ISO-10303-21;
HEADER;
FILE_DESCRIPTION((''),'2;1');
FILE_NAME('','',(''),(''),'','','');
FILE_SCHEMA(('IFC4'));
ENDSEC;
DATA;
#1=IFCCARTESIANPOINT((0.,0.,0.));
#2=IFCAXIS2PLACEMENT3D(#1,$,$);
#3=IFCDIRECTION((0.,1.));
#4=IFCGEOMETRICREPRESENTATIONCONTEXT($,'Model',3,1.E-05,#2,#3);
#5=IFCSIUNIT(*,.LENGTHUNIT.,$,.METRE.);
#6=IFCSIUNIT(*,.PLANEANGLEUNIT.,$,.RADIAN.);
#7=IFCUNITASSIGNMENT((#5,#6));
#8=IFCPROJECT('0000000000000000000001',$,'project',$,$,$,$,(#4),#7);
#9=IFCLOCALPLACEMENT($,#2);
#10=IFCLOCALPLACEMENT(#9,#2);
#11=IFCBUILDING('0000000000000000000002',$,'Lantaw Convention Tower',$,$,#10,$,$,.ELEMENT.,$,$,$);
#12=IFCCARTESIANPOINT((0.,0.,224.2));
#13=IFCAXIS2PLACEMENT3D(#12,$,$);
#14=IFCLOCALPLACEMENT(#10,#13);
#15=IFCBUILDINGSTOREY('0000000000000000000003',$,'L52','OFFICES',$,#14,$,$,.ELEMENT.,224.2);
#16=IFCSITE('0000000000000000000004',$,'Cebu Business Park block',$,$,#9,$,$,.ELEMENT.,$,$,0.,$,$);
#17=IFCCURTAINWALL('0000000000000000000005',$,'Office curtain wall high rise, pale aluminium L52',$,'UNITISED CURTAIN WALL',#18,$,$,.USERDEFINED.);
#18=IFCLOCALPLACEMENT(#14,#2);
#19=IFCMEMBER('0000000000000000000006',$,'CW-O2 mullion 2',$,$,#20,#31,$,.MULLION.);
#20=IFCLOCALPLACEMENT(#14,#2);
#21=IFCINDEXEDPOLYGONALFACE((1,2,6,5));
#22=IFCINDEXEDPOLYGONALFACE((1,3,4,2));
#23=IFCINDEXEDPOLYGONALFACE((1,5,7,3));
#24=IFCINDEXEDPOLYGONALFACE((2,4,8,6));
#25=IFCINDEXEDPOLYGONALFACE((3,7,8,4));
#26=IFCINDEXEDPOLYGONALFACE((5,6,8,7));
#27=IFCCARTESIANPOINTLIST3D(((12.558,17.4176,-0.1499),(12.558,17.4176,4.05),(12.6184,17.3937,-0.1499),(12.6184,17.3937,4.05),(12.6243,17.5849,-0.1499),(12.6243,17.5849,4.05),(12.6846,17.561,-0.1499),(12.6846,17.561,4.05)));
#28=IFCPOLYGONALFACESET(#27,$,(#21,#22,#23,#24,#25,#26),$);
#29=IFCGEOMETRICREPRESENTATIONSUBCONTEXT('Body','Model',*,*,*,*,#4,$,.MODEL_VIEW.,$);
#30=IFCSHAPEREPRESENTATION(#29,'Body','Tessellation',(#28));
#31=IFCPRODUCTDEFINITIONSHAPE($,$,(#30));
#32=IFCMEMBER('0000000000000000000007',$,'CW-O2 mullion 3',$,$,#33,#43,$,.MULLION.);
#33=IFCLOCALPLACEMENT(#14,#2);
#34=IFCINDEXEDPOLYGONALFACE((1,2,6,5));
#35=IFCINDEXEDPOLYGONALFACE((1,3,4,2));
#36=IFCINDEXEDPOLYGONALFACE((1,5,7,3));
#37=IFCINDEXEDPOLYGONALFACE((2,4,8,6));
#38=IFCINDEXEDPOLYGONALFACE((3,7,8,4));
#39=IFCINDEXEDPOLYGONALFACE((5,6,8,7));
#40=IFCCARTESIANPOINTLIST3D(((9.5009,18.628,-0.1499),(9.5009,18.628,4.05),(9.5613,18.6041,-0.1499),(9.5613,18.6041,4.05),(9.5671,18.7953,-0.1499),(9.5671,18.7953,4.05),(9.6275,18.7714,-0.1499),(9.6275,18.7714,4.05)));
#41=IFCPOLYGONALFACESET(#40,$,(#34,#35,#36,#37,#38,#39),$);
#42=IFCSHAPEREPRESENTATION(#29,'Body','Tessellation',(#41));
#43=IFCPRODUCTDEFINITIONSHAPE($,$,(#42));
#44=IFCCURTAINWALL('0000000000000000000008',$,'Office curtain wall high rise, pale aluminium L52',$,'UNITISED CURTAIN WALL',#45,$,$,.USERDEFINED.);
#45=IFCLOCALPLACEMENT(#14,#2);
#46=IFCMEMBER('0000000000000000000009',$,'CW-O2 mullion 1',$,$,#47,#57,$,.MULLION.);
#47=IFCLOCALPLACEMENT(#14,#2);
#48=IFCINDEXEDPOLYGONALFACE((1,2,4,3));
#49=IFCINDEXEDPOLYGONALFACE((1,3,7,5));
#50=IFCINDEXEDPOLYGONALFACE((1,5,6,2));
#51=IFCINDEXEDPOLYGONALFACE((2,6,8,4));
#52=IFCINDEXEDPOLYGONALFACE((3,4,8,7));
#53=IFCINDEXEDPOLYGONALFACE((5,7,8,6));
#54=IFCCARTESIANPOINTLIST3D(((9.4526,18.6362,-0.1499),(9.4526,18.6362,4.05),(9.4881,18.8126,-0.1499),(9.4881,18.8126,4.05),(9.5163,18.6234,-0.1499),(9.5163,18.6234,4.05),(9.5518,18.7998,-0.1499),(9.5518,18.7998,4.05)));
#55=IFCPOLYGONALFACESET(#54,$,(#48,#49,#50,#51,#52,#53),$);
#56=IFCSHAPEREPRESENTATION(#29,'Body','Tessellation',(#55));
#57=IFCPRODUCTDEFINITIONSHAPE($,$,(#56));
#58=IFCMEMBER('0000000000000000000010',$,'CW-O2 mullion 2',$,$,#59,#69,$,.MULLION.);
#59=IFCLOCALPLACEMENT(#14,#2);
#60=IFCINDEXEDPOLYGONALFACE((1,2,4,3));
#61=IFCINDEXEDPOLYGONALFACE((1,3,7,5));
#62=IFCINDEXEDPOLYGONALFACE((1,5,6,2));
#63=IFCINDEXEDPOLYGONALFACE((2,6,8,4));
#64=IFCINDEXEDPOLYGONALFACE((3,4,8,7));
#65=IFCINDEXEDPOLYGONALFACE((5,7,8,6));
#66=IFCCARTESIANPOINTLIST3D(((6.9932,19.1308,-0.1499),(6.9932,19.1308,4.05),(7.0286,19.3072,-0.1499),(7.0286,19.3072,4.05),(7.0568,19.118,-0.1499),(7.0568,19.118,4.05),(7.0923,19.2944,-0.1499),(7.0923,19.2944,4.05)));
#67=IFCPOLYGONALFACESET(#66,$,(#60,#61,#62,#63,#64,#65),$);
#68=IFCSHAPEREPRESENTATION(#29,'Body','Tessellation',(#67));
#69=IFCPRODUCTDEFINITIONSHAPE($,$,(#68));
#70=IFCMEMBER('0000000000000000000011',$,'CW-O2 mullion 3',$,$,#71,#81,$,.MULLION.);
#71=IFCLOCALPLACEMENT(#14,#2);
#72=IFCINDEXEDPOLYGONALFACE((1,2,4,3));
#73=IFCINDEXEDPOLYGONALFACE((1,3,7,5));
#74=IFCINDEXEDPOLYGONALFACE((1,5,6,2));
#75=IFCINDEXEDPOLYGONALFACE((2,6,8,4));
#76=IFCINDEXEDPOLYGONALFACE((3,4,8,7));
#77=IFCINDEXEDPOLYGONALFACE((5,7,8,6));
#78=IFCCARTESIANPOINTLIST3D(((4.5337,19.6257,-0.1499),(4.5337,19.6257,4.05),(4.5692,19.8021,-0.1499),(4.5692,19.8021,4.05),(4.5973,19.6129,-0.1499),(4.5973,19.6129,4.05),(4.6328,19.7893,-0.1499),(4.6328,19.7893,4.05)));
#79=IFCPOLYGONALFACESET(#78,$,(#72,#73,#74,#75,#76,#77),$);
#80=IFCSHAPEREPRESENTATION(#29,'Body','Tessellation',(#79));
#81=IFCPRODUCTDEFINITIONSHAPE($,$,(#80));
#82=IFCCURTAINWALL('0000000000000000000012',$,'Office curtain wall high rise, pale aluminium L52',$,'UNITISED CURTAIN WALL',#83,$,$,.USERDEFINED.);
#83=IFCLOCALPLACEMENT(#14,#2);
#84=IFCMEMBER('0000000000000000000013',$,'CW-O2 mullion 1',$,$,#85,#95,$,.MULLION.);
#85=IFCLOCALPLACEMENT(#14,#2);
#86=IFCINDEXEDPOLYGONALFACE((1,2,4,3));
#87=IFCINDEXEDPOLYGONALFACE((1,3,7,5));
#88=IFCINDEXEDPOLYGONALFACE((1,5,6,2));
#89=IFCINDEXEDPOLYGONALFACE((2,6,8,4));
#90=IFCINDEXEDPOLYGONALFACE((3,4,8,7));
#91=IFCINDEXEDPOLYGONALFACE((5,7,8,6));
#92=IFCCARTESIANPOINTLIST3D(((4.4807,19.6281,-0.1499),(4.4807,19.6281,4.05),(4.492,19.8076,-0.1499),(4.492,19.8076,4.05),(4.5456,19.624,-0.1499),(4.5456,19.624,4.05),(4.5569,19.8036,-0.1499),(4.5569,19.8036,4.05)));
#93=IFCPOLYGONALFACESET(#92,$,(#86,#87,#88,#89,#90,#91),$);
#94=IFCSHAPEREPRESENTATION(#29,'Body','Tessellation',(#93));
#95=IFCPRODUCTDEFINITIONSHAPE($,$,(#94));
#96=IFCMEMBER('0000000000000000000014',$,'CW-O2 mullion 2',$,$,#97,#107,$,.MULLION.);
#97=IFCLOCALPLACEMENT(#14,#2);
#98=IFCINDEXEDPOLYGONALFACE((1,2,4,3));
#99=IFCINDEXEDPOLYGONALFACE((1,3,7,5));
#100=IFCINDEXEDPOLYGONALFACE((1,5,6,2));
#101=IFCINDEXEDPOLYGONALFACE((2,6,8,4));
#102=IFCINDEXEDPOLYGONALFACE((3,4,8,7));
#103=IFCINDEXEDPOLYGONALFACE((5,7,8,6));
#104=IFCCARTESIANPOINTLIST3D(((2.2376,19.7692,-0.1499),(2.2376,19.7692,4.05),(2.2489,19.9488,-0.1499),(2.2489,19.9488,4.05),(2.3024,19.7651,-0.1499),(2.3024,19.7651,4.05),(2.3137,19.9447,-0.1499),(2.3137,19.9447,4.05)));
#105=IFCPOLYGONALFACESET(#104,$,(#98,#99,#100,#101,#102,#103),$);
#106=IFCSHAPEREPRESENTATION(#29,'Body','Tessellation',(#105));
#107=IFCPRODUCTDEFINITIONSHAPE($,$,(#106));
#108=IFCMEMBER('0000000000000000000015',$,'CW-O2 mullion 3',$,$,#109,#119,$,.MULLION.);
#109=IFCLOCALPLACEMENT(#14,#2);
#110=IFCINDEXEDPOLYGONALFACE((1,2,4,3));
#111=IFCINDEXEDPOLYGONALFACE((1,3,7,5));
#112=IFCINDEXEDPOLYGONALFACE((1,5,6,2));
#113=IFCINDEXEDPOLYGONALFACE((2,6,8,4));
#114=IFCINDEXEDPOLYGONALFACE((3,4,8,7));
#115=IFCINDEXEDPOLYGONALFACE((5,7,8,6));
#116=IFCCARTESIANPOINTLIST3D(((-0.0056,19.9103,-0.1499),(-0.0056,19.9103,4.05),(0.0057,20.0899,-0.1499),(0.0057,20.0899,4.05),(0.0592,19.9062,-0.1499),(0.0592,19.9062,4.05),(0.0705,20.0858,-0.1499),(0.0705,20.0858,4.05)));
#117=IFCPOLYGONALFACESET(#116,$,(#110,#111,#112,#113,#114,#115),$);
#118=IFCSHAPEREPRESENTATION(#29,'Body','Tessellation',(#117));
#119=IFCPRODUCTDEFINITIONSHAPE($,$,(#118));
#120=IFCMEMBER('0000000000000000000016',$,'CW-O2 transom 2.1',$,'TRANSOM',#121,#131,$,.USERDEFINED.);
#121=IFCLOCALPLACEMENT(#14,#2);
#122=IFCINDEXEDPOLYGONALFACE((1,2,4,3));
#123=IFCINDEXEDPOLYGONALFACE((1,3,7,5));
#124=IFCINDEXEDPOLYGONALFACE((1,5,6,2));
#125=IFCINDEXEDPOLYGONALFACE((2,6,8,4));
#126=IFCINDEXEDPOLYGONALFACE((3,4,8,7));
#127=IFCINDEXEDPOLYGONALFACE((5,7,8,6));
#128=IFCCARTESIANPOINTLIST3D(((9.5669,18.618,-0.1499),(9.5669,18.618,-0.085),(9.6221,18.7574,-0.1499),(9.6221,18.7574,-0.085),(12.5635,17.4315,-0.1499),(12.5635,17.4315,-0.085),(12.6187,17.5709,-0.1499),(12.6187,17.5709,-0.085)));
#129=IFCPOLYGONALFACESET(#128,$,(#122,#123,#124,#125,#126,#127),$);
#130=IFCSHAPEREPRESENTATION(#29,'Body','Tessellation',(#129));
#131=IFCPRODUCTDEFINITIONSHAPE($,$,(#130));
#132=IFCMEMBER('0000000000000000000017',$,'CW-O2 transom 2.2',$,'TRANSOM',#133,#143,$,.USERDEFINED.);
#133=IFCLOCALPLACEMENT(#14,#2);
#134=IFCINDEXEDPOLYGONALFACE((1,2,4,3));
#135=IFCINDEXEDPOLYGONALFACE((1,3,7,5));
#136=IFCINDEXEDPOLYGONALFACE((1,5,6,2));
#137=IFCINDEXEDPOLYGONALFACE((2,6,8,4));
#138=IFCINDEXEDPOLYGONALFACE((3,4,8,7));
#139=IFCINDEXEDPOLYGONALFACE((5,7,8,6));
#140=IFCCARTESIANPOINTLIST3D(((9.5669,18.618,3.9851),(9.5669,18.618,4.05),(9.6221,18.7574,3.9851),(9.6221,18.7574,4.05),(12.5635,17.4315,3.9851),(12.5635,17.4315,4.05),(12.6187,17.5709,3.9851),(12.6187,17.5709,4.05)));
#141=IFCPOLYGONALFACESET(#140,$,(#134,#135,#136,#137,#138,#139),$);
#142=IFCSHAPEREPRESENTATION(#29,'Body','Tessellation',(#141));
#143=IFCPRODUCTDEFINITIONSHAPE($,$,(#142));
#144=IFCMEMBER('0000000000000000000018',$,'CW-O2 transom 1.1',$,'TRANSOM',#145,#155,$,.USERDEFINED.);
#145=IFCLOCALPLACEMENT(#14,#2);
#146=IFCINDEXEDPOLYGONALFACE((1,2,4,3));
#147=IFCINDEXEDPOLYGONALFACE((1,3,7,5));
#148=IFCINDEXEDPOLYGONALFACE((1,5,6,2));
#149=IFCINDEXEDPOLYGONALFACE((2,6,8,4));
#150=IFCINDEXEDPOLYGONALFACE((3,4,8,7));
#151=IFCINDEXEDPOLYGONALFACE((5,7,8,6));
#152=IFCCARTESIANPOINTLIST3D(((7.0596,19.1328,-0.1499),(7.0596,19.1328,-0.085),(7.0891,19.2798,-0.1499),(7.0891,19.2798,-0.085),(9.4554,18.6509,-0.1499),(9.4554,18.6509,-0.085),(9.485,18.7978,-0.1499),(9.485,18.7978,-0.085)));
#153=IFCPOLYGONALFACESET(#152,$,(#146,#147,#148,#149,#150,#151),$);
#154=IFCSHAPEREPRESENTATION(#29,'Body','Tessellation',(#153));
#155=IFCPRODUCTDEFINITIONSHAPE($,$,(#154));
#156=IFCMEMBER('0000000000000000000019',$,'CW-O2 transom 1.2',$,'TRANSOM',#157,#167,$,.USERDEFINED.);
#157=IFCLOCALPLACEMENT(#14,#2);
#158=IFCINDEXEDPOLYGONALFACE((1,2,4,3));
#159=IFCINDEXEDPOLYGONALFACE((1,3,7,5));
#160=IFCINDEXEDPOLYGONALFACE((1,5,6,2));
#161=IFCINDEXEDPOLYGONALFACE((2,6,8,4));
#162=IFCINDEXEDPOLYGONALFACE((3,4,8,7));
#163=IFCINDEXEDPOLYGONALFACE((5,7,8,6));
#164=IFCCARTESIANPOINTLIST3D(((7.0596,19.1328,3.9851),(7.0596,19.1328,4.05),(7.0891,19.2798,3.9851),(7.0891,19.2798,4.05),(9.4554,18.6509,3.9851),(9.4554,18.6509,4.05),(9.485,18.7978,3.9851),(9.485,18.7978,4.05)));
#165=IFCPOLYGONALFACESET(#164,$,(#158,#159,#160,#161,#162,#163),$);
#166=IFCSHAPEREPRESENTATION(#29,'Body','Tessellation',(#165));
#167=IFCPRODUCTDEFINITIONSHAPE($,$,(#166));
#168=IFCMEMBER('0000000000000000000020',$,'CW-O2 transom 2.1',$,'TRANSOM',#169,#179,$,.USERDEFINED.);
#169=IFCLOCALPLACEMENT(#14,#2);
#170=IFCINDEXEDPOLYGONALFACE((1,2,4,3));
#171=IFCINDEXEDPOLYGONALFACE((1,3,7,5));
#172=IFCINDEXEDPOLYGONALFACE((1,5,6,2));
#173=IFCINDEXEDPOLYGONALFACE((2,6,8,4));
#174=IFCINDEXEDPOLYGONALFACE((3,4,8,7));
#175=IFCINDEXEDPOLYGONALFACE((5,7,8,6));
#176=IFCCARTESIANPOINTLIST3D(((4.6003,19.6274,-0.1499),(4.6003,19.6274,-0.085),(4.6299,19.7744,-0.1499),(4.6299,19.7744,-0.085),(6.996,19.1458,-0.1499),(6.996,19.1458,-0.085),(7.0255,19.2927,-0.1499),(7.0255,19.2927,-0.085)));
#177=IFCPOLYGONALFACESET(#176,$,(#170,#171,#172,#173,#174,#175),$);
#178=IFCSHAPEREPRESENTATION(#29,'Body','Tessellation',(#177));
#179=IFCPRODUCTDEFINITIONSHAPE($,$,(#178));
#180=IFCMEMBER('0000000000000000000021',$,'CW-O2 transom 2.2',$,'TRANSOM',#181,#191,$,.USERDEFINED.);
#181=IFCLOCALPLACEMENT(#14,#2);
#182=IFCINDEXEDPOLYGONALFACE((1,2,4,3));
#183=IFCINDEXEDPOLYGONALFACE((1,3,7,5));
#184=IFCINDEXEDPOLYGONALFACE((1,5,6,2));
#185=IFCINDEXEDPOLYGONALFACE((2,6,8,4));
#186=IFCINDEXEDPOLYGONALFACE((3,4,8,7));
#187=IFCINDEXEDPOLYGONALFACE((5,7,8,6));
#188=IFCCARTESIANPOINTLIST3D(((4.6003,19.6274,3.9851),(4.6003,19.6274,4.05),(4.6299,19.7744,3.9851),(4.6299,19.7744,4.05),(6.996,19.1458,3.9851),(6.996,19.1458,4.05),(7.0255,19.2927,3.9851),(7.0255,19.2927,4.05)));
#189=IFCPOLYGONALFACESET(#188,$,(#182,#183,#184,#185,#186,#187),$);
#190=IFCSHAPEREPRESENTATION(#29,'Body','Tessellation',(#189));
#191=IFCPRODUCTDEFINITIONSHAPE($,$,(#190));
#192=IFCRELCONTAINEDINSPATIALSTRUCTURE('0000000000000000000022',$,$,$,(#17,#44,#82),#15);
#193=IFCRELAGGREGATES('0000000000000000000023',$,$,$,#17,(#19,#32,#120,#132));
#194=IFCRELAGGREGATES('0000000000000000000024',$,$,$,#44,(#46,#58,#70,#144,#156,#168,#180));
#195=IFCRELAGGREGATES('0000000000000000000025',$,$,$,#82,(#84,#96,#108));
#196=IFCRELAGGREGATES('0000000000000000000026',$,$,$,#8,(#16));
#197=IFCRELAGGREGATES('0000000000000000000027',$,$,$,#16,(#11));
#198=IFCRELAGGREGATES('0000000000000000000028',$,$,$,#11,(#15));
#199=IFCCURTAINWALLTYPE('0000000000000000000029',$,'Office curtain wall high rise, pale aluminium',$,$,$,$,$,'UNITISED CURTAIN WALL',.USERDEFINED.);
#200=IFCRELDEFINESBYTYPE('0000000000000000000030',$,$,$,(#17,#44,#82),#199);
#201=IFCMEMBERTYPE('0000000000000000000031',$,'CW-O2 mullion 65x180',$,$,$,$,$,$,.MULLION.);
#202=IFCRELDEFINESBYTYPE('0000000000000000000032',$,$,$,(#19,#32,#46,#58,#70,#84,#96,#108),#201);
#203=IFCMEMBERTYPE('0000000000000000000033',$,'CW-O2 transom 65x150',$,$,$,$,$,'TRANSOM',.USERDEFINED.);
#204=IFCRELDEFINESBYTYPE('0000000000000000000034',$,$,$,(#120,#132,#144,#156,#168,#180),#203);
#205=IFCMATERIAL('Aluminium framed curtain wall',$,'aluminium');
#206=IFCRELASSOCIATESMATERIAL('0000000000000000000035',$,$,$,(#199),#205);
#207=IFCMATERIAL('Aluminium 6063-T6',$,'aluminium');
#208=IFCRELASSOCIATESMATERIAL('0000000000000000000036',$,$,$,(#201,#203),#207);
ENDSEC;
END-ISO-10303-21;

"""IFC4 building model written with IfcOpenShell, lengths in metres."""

from ifc_helpers import new_model, si_unit, direction, frame, origin, origin_2d, place, context, subcontext, project, spatial, rectangle, extrude, material, material_profile, profile_set, type_object, element, aggregate, save


model = new_model("IFC4")

# Units and contexts
model_context = context("Model", 3, precision=1e-05, world=origin(), true_north=direction((0.0, 1.0)))
body_context = subcontext(model_context, "Body", "Model", "MODEL_VIEW")
ifc_project = project(units=[si_unit("LENGTHUNIT", "METRE"), si_unit("PLANEANGLEUNIT", "RADIAN")], contexts=[model_context])

# Site, building, storey
site_placement = place(None, origin())
site = spatial("IfcSite", under=ifc_project, at=site_placement, Name="Cebu Business Park block", CompositionType="ELEMENT", RefElevation=0.0)
building_placement = place(site_placement, origin())
building = spatial("IfcBuilding", under=site, at=building_placement, Name="Lantaw Convention Tower", CompositionType="ELEMENT")
storey_placement = place(building_placement, frame((0.0, 0.0, 224.2)))
storey = spatial("IfcBuildingStorey", under=building, at=storey_placement, Name="L52", Description="OFFICES", CompositionType="ELEMENT", Elevation=224.2)

# Curtain walls, members
ifc_material_1 = material(Name="Aluminium framed curtain wall", Category="aluminium")
curtain_wall_type = type_object("IfcCurtainWallType", Name="Office curtain wall high rise, pale aluminium", ElementType="UNITISED CURTAIN WALL", PredefinedType="USERDEFINED", material=ifc_material_1)
curtain_wall_1_placement = place(storey_placement, origin())
curtain_wall_1 = element("IfcCurtainWall", 1, at=curtain_wall_1_placement, inside=storey, type_object=curtain_wall_type, Name="Office curtain wall high rise, pale aluminium L52", ObjectType="UNITISED CURTAIN WALL", PredefinedType="USERDEFINED")
ifc_material_2 = material(Name="Aluminium 6063-T6", Category="aluminium")
ifc_material_profile_1 = material_profile(ifc_material_2, rectangle(XDim=0.1799, YDim=0.0649, at=origin_2d()), Name="CW-O2 mullion 65x180")
ifc_profile_set_1 = profile_set([ifc_material_profile_1], Name="Aluminium 6063-T6")
member_type_1 = type_object("IfcMemberType", Name="CW-O2 mullion 65x180", PredefinedType="MULLION", material=ifc_profile_set_1)
member_1_placement = place(storey_placement, frame((12.6213, 17.4893, -0.1499), z_axis=(0.0, 0.0, 1.0), x_axis=(-0.368162, -0.929762, 0.0)))
member_1 = element("IfcMember", 2, at=member_1_placement, type_object=member_type_1, Name="CW-O2 mullion 2", PredefinedType="MULLION", context=body_context, shape_type="SweptSolid", body=[
    extrude(rectangle(XDim=0.1799, YDim=0.0649, at=origin_2d()), origin(), (0.0, 0.0, 1.0), 4.2),
])
member_2_placement = place(storey_placement, frame((9.5642, 18.6997, -0.1499), z_axis=(0.0, 0.0, 1.0), x_axis=(-0.368162, -0.929762, 0.0)))
member_2 = element("IfcMember", 3, at=member_2_placement, type_object=member_type_1, Name="CW-O2 mullion 3", PredefinedType="MULLION", context=body_context, shape_type="SweptSolid", body=[
    extrude(rectangle(XDim=0.1799, YDim=0.0649, at=origin_2d()), origin(), (0.0, 0.0, 1.0), 4.2),
])
curtain_wall_2_placement = place(storey_placement, origin())
curtain_wall_2 = element("IfcCurtainWall", 4, at=curtain_wall_2_placement, inside=storey, type_object=curtain_wall_type, Name="Office curtain wall high rise, pale aluminium L52", ObjectType="UNITISED CURTAIN WALL", PredefinedType="USERDEFINED")
member_3_placement = place(storey_placement, frame((9.5022, 18.718, -0.1499), z_axis=(0.0, 0.0, 1.0), x_axis=(-0.197183, -0.980367, 0.0)))
member_3 = element("IfcMember", 5, at=member_3_placement, type_object=member_type_1, Name="CW-O2 mullion 1", PredefinedType="MULLION", context=body_context, shape_type="SweptSolid", body=[
    extrude(rectangle(XDim=0.1799, YDim=0.0649, at=origin_2d()), origin(), (0.0, 0.0, 1.0), 4.2),
])
member_4_placement = place(storey_placement, frame((7.0427, 19.2126, -0.1499), z_axis=(0.0, 0.0, 1.0), x_axis=(-0.197183, -0.980367, 0.0)))
member_4 = element("IfcMember", 6, at=member_4_placement, type_object=member_type_1, Name="CW-O2 mullion 2", PredefinedType="MULLION", context=body_context, shape_type="SweptSolid", body=[
    extrude(rectangle(XDim=0.1799, YDim=0.0649, at=origin_2d()), origin(), (0.0, 0.0, 1.0), 4.2),
])
member_5_placement = place(storey_placement, frame((4.5833, 19.7075, -0.1499), z_axis=(0.0, 0.0, 1.0), x_axis=(-0.197183, -0.980367, 0.0)))
member_5 = element("IfcMember", 7, at=member_5_placement, type_object=member_type_1, Name="CW-O2 mullion 3", PredefinedType="MULLION", context=body_context, shape_type="SweptSolid", body=[
    extrude(rectangle(XDim=0.1799, YDim=0.0649, at=origin_2d()), origin(), (0.0, 0.0, 1.0), 4.2),
])
curtain_wall_3_placement = place(storey_placement, origin())
curtain_wall_3 = element("IfcCurtainWall", 8, at=curtain_wall_3_placement, inside=storey, type_object=curtain_wall_type, Name="Office curtain wall high rise, pale aluminium L52", ObjectType="UNITISED CURTAIN WALL", PredefinedType="USERDEFINED")
member_6_placement = place(storey_placement, frame((4.5188, 19.7158, -0.1499), z_axis=(0.0, 0.0, 1.0), x_axis=(-0.062758, -0.998029, 0.0)))
member_6 = element("IfcMember", 9, at=member_6_placement, type_object=member_type_1, Name="CW-O2 mullion 1", PredefinedType="MULLION", context=body_context, shape_type="SweptSolid", body=[
    extrude(rectangle(XDim=0.1799, YDim=0.0649, at=origin_2d()), origin(), (0.0, 0.0, 1.0), 4.2),
])
member_7_placement = place(storey_placement, frame((2.2756, 19.8569, -0.1499), z_axis=(0.0, 0.0, 1.0), x_axis=(-0.062758, -0.998029, 0.0)))
member_7 = element("IfcMember", 10, at=member_7_placement, type_object=member_type_1, Name="CW-O2 mullion 2", PredefinedType="MULLION", context=body_context, shape_type="SweptSolid", body=[
    extrude(rectangle(XDim=0.1799, YDim=0.0649, at=origin_2d()), origin(), (0.0, 0.0, 1.0), 4.2),
])
member_8_placement = place(storey_placement, frame((0.0325, 19.998, -0.1499), z_axis=(0.0, 0.0, 1.0), x_axis=(-0.062758, -0.998029, 0.0)))
member_8 = element("IfcMember", 11, at=member_8_placement, type_object=member_type_1, Name="CW-O2 mullion 3", PredefinedType="MULLION", context=body_context, shape_type="SweptSolid", body=[
    extrude(rectangle(XDim=0.1799, YDim=0.0649, at=origin_2d()), origin(), (0.0, 0.0, 1.0), 4.2),
])

# Members
ifc_material_profile_2 = material_profile(ifc_material_2, rectangle(XDim=0.1499, YDim=0.0649, at=origin_2d()), Name="CW-O2 transom 65x150")
ifc_profile_set_2 = profile_set([ifc_material_profile_2], Name="Aluminium 6063-T6")
member_type_2 = type_object("IfcMemberType", Name="CW-O2 transom 65x150", ElementType="TRANSOM", PredefinedType="USERDEFINED", material=ifc_profile_set_2)
member_9_placement = place(storey_placement, frame((12.5911, 17.5012, -0.1174), z_axis=(-0.929767, 0.368149, 0.0), x_axis=(-0.368149, -0.929767, 0.0)))
member_9 = element("IfcMember", 12, at=member_9_placement, type_object=member_type_2, Name="CW-O2 transom 2.1", ObjectType="TRANSOM", PredefinedType="USERDEFINED", context=body_context, shape_type="SweptSolid", body=[
    extrude(rectangle(XDim=0.1499, YDim=0.0649, at=origin_2d()), origin(), (0.0, 0.0, 1.0), 3.2229),
])
member_10_placement = place(storey_placement, frame((12.5911, 17.5012, 4.0176), z_axis=(-0.929767, 0.368149, 0.0), x_axis=(-0.368149, -0.929767, 0.0)))
member_10 = element("IfcMember", 13, at=member_10_placement, type_object=member_type_2, Name="CW-O2 transom 2.2", ObjectType="TRANSOM", PredefinedType="USERDEFINED", context=body_context, shape_type="SweptSolid", body=[
    extrude(rectangle(XDim=0.1499, YDim=0.0649, at=origin_2d()), origin(), (0.0, 0.0, 1.0), 3.2229),
])
member_11_placement = place(storey_placement, frame((9.4702, 18.7244, -0.1174), z_axis=(-0.980361, 0.197211, 0.0), x_axis=(-0.197211, -0.980361, 0.0)))
member_11 = element("IfcMember", 14, at=member_11_placement, type_object=member_type_2, Name="CW-O2 transom 1.1", ObjectType="TRANSOM", PredefinedType="USERDEFINED", context=body_context, shape_type="SweptSolid", body=[
    extrude(rectangle(XDim=0.1499, YDim=0.0649, at=origin_2d()), origin(), (0.0, 0.0, 1.0), 2.4438),
])
member_12_placement = place(storey_placement, frame((9.4702, 18.7244, 4.0176), z_axis=(-0.980361, 0.197211, 0.0), x_axis=(-0.197211, -0.980361, 0.0)))
member_12 = element("IfcMember", 15, at=member_12_placement, type_object=member_type_2, Name="CW-O2 transom 1.2", ObjectType="TRANSOM", PredefinedType="USERDEFINED", context=body_context, shape_type="SweptSolid", body=[
    extrude(rectangle(XDim=0.1499, YDim=0.0649, at=origin_2d()), origin(), (0.0, 0.0, 1.0), 2.4438),
])
member_13_placement = place(storey_placement, frame((7.0107, 19.2192, -0.1174), z_axis=(-0.98038, 0.197115, 0.0), x_axis=(-0.197115, -0.98038, 0.0)))
member_13 = element("IfcMember", 16, at=member_13_placement, type_object=member_type_2, Name="CW-O2 transom 2.1", ObjectType="TRANSOM", PredefinedType="USERDEFINED", context=body_context, shape_type="SweptSolid", body=[
    extrude(rectangle(XDim=0.1499, YDim=0.0649, at=origin_2d()), origin(), (0.0, 0.0, 1.0), 2.4436),
])
member_14_placement = place(storey_placement, frame((7.0107, 19.2192, 4.0176), z_axis=(-0.98038, 0.197115, 0.0), x_axis=(-0.197115, -0.98038, 0.0)))
member_14 = element("IfcMember", 17, at=member_14_placement, type_object=member_type_2, Name="CW-O2 transom 2.2", ObjectType="TRANSOM", PredefinedType="USERDEFINED", context=body_context, shape_type="SweptSolid", body=[
    extrude(rectangle(XDim=0.1499, YDim=0.0649, at=origin_2d()), origin(), (0.0, 0.0, 1.0), 2.4436),
])

aggregate(curtain_wall_1, [member_1, member_2, member_9, member_10])
aggregate(curtain_wall_2, [member_3, member_4, member_5, member_11, member_12, member_13, member_14])
aggregate(curtain_wall_3, [member_6, member_7, member_8])

save(model, "model.ifc")
